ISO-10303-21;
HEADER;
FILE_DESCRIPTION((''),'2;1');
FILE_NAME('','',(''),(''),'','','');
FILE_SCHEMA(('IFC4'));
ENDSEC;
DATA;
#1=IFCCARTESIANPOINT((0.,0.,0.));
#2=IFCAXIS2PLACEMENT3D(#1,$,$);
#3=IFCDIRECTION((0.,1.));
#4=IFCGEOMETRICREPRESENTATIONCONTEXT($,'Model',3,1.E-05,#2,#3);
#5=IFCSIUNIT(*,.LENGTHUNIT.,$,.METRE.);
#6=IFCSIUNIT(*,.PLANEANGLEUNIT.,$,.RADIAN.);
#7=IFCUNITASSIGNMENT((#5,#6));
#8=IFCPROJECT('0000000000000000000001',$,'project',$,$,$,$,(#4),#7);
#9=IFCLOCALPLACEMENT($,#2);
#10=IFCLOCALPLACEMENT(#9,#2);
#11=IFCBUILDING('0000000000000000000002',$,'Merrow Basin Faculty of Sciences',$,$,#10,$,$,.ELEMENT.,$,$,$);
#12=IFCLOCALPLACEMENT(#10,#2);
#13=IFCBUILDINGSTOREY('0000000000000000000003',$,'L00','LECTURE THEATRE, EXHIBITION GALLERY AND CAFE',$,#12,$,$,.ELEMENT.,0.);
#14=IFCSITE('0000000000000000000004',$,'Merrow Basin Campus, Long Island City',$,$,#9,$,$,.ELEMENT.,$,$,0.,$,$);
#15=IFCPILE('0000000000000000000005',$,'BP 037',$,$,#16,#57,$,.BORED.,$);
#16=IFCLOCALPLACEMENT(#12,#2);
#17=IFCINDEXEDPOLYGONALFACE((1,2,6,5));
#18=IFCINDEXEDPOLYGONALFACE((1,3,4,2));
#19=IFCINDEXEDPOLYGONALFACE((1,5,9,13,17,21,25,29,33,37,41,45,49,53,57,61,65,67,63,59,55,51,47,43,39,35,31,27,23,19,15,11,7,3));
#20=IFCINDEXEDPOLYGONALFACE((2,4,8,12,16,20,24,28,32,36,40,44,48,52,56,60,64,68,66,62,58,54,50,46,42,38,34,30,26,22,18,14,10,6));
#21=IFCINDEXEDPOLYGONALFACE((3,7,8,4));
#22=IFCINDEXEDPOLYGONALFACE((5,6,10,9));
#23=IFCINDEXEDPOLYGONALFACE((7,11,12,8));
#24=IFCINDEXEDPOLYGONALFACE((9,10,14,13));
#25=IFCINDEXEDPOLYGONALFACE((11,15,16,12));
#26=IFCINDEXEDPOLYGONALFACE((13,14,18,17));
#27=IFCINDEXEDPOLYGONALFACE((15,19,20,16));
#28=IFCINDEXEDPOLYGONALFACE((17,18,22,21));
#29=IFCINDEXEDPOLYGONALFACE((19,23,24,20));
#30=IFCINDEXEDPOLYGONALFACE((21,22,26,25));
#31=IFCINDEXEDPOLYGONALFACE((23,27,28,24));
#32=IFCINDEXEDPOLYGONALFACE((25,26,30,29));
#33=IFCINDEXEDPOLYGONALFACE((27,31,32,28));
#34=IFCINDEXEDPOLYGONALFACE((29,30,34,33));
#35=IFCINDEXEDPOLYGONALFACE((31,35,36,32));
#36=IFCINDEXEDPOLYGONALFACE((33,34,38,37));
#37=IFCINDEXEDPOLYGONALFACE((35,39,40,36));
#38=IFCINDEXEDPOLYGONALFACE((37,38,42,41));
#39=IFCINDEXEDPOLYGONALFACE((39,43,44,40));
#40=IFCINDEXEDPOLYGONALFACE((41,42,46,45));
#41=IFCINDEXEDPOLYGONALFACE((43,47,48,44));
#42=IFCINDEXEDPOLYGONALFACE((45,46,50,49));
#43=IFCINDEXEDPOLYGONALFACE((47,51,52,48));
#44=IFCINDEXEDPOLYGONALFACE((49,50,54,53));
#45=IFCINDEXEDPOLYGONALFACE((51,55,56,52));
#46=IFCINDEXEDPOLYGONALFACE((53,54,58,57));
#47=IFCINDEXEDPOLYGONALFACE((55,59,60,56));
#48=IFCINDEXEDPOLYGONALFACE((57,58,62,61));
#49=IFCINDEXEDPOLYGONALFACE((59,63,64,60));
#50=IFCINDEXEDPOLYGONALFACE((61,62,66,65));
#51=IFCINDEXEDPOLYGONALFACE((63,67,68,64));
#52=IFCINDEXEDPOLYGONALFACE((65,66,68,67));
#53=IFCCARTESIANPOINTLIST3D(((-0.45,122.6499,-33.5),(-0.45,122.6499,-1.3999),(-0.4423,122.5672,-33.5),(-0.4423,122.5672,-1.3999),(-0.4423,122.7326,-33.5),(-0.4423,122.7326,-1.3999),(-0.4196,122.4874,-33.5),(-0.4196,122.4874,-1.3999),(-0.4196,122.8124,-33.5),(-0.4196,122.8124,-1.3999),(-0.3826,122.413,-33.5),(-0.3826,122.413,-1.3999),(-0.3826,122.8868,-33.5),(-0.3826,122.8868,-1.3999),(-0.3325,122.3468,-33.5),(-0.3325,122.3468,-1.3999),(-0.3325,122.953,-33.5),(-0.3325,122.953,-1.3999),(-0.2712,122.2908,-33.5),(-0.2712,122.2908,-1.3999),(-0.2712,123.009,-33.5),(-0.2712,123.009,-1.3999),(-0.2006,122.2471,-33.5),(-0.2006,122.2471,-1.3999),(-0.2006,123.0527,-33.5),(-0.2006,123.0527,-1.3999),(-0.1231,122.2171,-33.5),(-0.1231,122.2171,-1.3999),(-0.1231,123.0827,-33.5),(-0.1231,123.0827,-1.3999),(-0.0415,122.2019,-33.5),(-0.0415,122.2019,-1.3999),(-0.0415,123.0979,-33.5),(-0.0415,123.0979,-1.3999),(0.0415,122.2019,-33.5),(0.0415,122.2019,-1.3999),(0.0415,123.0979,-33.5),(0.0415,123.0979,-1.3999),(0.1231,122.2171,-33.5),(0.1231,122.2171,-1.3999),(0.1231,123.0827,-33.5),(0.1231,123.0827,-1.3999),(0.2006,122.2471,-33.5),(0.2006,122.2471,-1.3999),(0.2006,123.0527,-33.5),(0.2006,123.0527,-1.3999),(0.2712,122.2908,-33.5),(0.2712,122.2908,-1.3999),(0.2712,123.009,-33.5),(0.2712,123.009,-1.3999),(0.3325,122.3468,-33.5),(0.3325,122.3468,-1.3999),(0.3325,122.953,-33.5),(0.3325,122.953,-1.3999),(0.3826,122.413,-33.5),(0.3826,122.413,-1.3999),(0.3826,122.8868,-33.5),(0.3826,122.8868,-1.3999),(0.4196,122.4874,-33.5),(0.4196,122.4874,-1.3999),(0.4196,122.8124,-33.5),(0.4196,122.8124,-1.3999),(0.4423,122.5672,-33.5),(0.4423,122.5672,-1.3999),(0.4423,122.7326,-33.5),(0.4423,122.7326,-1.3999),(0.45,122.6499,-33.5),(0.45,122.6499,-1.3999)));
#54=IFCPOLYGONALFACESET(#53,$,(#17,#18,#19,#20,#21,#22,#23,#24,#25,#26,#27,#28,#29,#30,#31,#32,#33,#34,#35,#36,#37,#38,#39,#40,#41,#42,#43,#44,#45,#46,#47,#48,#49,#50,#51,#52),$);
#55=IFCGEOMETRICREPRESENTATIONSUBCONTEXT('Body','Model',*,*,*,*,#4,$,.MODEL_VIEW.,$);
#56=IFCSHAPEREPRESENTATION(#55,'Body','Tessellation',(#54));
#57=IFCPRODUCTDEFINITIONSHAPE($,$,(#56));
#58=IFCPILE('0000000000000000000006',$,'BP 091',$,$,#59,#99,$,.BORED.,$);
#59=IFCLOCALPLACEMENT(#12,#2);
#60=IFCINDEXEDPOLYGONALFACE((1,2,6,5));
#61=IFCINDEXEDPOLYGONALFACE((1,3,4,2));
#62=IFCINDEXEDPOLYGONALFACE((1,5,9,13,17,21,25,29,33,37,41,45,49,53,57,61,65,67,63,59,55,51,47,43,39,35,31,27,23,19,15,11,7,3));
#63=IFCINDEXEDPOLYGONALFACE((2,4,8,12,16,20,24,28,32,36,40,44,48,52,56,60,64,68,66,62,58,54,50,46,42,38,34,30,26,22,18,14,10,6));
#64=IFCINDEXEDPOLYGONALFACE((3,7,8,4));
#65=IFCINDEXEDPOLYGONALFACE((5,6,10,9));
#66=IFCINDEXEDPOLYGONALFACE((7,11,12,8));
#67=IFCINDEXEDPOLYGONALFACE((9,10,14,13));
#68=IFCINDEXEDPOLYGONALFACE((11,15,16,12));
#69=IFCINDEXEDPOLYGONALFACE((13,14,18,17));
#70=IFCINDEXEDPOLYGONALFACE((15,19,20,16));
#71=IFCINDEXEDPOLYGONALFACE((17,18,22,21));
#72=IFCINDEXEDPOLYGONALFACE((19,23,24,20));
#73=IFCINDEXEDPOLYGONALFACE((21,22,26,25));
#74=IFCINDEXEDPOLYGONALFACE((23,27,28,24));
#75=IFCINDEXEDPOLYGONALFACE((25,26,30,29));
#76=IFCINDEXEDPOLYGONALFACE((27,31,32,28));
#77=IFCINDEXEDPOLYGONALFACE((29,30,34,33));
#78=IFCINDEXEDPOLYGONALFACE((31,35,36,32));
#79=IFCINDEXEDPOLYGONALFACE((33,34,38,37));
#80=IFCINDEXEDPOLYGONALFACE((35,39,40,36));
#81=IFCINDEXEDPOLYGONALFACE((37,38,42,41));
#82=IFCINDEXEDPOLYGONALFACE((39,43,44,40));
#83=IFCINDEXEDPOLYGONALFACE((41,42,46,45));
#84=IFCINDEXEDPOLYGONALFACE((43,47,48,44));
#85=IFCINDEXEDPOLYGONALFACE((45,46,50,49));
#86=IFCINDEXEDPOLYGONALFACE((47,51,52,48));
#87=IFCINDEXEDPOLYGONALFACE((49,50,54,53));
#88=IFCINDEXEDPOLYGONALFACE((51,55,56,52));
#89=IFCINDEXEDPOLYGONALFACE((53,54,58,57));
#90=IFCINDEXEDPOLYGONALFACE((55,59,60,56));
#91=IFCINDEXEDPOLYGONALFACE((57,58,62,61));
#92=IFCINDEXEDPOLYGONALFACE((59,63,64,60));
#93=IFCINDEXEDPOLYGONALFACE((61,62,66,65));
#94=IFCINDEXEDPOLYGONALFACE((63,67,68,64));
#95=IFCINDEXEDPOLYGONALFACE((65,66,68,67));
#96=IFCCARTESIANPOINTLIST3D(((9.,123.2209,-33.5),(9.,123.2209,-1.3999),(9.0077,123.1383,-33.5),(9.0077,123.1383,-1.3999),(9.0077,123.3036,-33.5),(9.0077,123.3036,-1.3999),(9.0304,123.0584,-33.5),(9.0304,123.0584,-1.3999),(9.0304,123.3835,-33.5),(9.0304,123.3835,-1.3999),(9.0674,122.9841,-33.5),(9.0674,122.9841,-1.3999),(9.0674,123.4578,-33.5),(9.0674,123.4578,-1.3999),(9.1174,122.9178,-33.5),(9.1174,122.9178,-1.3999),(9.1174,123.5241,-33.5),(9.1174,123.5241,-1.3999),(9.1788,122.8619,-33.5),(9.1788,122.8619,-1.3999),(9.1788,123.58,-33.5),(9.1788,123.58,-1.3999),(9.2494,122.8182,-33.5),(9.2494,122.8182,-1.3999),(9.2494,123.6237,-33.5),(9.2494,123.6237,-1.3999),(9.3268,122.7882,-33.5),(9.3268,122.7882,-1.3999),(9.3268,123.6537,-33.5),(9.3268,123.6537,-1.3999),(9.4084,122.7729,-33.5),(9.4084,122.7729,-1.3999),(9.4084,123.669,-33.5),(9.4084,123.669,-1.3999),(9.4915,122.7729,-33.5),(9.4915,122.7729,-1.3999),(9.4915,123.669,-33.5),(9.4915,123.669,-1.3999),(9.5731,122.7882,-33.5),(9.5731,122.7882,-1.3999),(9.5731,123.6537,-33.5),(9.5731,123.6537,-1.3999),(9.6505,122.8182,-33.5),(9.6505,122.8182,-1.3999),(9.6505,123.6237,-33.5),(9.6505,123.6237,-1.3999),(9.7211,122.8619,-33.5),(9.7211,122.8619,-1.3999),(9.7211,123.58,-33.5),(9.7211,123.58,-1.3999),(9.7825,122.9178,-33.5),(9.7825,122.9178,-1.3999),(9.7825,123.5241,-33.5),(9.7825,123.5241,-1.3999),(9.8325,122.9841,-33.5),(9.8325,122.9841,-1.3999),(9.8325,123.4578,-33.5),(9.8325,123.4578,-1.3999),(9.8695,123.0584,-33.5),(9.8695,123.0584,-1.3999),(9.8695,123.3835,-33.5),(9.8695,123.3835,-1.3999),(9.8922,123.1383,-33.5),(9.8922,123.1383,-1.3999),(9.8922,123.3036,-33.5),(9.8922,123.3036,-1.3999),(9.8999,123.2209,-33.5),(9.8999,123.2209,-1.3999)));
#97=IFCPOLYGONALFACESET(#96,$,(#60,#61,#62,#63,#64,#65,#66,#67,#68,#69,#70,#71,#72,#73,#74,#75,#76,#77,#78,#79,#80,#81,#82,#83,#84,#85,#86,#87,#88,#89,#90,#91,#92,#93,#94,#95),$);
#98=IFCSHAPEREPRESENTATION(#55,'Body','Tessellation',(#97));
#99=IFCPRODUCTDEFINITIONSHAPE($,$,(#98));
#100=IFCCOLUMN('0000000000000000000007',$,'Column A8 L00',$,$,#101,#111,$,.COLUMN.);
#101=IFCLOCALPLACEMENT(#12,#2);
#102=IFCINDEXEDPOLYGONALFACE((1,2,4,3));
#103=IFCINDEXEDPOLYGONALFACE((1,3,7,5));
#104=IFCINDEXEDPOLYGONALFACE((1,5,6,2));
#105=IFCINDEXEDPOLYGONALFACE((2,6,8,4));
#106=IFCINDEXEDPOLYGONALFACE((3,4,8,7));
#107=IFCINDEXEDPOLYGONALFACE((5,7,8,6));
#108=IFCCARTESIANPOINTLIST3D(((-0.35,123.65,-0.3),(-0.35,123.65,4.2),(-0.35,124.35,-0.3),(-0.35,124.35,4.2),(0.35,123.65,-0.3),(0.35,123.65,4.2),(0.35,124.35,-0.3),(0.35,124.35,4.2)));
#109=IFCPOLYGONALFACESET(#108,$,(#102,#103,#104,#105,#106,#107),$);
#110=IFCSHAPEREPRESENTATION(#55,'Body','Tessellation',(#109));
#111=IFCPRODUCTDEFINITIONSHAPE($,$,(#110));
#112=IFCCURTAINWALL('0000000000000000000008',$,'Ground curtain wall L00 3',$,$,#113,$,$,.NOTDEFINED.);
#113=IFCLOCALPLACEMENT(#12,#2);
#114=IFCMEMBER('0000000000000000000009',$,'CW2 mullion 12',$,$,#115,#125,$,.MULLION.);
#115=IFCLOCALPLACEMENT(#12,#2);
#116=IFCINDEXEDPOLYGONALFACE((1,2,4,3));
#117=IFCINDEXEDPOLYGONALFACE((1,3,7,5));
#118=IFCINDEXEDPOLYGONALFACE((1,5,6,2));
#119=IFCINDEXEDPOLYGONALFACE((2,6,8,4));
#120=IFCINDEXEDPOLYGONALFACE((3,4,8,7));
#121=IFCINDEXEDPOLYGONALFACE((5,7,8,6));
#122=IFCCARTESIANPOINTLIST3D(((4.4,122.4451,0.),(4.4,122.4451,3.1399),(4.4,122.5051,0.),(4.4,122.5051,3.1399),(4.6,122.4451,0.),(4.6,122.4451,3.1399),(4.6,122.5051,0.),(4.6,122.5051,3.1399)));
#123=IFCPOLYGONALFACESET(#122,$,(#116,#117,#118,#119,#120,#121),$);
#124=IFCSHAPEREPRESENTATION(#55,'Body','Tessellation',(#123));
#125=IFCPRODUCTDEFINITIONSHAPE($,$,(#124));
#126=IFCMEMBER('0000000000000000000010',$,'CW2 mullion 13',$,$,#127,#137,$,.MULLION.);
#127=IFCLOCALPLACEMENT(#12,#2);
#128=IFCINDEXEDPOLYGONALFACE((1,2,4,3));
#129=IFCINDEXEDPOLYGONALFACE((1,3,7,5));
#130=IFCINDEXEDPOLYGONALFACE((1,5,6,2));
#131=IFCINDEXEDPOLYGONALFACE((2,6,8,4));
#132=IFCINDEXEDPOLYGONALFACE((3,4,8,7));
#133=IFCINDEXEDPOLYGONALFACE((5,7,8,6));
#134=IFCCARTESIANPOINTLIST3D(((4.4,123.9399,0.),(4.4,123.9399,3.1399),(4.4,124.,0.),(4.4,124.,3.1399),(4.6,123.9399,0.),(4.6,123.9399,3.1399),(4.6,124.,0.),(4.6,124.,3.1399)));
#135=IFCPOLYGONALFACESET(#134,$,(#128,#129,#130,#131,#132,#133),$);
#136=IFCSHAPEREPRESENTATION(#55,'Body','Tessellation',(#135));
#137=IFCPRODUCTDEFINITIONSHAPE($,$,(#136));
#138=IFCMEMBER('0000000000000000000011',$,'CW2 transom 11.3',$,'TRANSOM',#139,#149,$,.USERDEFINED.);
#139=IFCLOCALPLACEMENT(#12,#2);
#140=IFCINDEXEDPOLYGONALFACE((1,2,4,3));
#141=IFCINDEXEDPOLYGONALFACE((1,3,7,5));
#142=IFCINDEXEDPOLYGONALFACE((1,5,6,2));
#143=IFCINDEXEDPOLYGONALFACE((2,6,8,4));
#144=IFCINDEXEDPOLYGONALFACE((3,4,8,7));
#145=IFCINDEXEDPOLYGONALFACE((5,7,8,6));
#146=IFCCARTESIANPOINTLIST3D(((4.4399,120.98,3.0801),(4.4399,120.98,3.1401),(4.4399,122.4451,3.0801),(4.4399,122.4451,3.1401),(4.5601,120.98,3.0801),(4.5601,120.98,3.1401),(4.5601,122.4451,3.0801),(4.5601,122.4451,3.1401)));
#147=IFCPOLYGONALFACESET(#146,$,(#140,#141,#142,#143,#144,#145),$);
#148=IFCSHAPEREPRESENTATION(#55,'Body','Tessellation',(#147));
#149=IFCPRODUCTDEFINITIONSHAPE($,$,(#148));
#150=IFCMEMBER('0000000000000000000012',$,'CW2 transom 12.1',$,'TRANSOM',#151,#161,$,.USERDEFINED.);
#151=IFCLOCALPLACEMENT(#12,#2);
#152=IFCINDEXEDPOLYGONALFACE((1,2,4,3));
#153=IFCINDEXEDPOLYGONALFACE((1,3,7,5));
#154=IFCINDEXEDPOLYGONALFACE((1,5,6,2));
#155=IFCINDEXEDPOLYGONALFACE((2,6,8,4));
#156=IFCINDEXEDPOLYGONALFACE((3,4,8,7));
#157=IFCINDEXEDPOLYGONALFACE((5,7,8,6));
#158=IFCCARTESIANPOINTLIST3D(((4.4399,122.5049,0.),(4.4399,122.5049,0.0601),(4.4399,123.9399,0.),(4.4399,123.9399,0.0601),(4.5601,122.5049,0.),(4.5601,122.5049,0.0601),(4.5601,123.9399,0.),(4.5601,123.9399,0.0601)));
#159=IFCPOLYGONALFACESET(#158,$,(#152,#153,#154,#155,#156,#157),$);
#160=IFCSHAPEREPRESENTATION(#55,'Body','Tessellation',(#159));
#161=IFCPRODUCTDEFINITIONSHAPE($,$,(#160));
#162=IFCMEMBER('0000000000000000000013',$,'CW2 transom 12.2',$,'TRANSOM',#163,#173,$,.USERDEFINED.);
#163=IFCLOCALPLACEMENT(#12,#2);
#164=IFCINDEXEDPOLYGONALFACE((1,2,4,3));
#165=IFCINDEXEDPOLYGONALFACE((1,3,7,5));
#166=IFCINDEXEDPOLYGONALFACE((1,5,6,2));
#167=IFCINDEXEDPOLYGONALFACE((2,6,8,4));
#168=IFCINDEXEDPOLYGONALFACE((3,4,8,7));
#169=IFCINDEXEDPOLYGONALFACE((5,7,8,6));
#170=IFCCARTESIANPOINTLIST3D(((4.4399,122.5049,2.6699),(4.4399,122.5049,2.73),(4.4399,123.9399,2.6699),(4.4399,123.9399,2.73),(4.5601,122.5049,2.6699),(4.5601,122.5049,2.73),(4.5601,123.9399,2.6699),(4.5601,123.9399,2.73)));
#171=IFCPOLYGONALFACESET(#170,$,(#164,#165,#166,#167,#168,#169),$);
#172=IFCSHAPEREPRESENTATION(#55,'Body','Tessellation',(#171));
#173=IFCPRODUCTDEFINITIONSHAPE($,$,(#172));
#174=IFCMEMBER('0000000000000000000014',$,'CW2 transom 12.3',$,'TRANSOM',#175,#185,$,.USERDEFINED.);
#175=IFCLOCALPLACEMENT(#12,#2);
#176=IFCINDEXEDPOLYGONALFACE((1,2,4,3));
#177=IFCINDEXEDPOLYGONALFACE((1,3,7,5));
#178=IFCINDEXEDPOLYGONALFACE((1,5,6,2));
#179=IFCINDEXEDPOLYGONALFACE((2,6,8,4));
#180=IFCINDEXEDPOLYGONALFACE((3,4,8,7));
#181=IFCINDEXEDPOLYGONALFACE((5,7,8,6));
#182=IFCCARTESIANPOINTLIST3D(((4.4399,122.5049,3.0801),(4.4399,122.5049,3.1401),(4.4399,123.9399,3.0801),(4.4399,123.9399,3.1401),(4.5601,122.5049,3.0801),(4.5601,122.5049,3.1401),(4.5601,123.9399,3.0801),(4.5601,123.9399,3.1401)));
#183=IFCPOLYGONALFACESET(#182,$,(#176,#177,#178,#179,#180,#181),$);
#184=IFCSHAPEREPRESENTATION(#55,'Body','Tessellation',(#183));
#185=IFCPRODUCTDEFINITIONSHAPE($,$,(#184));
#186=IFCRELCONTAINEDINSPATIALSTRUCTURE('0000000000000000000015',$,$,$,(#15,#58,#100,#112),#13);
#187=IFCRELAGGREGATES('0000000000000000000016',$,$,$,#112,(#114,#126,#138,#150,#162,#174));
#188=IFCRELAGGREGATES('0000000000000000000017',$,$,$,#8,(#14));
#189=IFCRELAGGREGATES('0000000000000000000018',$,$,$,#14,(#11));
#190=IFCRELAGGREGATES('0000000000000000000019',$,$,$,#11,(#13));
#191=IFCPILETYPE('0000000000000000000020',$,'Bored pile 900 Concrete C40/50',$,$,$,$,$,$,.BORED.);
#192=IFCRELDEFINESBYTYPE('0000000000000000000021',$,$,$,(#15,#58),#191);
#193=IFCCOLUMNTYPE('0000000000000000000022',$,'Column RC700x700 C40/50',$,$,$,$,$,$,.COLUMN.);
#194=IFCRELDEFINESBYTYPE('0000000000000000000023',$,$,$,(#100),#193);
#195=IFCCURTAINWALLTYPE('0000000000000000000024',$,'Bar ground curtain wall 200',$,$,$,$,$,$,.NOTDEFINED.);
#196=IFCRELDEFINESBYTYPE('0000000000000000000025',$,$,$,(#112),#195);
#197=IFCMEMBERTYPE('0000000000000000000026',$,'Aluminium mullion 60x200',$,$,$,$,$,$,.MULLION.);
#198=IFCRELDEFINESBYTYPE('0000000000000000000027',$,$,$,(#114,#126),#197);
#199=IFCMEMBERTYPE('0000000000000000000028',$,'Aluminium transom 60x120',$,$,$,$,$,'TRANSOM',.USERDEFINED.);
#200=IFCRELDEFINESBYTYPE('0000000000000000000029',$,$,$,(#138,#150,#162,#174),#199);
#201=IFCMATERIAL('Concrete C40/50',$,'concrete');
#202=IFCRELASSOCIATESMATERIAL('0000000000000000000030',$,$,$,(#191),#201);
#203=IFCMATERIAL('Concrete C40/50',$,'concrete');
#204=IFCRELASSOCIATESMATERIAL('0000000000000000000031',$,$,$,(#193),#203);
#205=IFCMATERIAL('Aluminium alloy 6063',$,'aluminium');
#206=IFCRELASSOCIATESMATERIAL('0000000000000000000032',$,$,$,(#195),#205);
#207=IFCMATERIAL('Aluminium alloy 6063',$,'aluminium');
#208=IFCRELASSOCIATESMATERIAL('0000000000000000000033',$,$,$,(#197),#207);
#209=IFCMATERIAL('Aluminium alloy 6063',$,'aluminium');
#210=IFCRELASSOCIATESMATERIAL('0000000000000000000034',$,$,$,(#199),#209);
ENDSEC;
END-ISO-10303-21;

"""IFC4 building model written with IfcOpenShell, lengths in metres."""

from ifc_helpers import new_model, si_unit, direction, frame, origin, origin_2d, place, context, subcontext, project, spatial, rectangle, circle, extrude, material, material_profile, profile_set, type_object, element, aggregate, save


model = new_model("IFC4")

# Units and contexts
model_context = context("Model", 3, precision=1e-05, world=origin(), true_north=direction((0.0, 1.0)))
body_context = subcontext(model_context, "Body", "Model", "MODEL_VIEW")
ifc_project = project(units=[si_unit("LENGTHUNIT", "METRE"), si_unit("PLANEANGLEUNIT", "RADIAN")], contexts=[model_context])

# Site, building, storey
site_placement = place(None, origin())
site = spatial("IfcSite", under=ifc_project, at=site_placement, Name="Merrow Basin Campus, Long Island City", CompositionType="ELEMENT", RefElevation=0.0)
building_placement = place(site_placement, origin())
building = spatial("IfcBuilding", under=site, at=building_placement, Name="Merrow Basin Faculty of Sciences", CompositionType="ELEMENT")
storey_placement = place(building_placement, origin())
storey = spatial("IfcBuildingStorey", under=building, at=storey_placement, Name="L00", Description="LECTURE THEATRE, EXHIBITION GALLERY AND CAFE", CompositionType="ELEMENT", Elevation=0.0)

# Piles
ifc_material_1 = material(Name="Concrete C40/50", Category="concrete")
ifc_material_profile_1 = material_profile(ifc_material_1, circle(Radius=0.45, at=origin_2d()))
ifc_profile_set_1 = profile_set([ifc_material_profile_1], Name="Concrete C40/50")
pile_type = type_object("IfcPileType", Name="Bored pile 900 Concrete C40/50", PredefinedType="BORED", material=ifc_profile_set_1)
for number, where, z_axis, x_axis, name in (
    (1, (0.0, 122.6499, -1.3999), (0.0, 0.0, -1.0), (1.0, 0.0, 0.0), "BP 037"),
    (2, (9.45, 123.2209, -1.3999), (0.0, 0.0, -1.0), (1.0, 0.0, 0.0), "BP 091"),
):
    element("IfcPile", number, at=place(storey_placement, frame(where, z_axis=z_axis, x_axis=x_axis)), inside=storey, type_object=pile_type, Name=name, PredefinedType="BORED", context=body_context, shape_type="SweptSolid", body=[
        extrude(circle(Radius=0.45, at=origin_2d()), origin(), (0.0, 0.0, 1.0), 32.1001),
    ])

# Column
ifc_material_2 = material(Name="Concrete C40/50", Category="concrete")
ifc_material_profile_2 = material_profile(ifc_material_2, rectangle(XDim=0.7, YDim=0.7, at=origin_2d()))
ifc_profile_set_2 = profile_set([ifc_material_profile_2], Name="Concrete C40/50")
column_type = type_object("IfcColumnType", Name="Column RC700x700 C40/50", PredefinedType="COLUMN", material=ifc_profile_set_2)
column_placement = place(storey_placement, frame((0.0, 124.0, -0.3), z_axis=(0.0, 0.0, 1.0), x_axis=(1.0, 0.0, 0.0)))
element("IfcColumn", 3, at=column_placement, inside=storey, type_object=column_type, Name="Column A8 L00", PredefinedType="COLUMN", context=body_context, shape_type="SweptSolid", body=[
    extrude(rectangle(XDim=0.7, YDim=0.7, at=origin_2d()), origin(), (0.0, 0.0, 1.0), 4.5),
])

# Curtain wall, members
ifc_material_3 = material(Name="Aluminium alloy 6063", Category="aluminium")
curtain_wall_type = type_object("IfcCurtainWallType", Name="Bar ground curtain wall 200", PredefinedType="NOTDEFINED", material=ifc_material_3)
curtain_wall_placement = place(storey_placement, origin())
curtain_wall = element("IfcCurtainWall", 4, at=curtain_wall_placement, inside=storey, type_object=curtain_wall_type, Name="Ground curtain wall L00 3", PredefinedType="NOTDEFINED")
ifc_material_4 = material(Name="Aluminium alloy 6063", Category="aluminium")
ifc_material_profile_3 = material_profile(ifc_material_4, rectangle(XDim=0.2, YDim=0.0601, at=origin_2d()))
ifc_profile_set_3 = profile_set([ifc_material_profile_3], Name="Aluminium alloy 6063")
member_type_1 = type_object("IfcMemberType", Name="Aluminium mullion 60x200", PredefinedType="MULLION", material=ifc_profile_set_3)
member_1_placement = place(storey_placement, frame((4.5, 122.4751, 0.0), z_axis=(0.0, 0.0, 1.0), x_axis=(-1.0, 0.0, 0.0)))
member_1 = element("IfcMember", 5, at=member_1_placement, type_object=member_type_1, Name="CW2 mullion 12", PredefinedType="MULLION", context=body_context, shape_type="SweptSolid", body=[
    extrude(rectangle(XDim=0.2, YDim=0.0601, at=origin_2d()), origin(), (0.0, 0.0, 1.0), 3.1399),
])
member_2_placement = place(storey_placement, frame((4.5, 123.97, 0.0), z_axis=(0.0, 0.0, 1.0), x_axis=(-1.0, 0.0, 0.0)))
member_2 = element("IfcMember", 6, at=member_2_placement, type_object=member_type_1, Name="CW2 mullion 13", PredefinedType="MULLION", context=body_context, shape_type="SweptSolid", body=[
    extrude(rectangle(XDim=0.2, YDim=0.0601, at=origin_2d()), origin(), (0.0, 0.0, 1.0), 3.1399),
])
ifc_material_5 = material(Name="Aluminium alloy 6063", Category="aluminium")
ifc_material_profile_4 = material_profile(ifc_material_5, rectangle(XDim=0.1201, YDim=0.0601, at=origin_2d()))
ifc_profile_set_4 = profile_set([ifc_material_profile_4], Name="Aluminium alloy 6063")
member_type_2 = type_object("IfcMemberType", Name="Aluminium transom 60x120", ElementType="TRANSOM", PredefinedType="USERDEFINED", material=ifc_profile_set_4)
member_3_placement = place(storey_placement, frame((4.5, 120.98, 3.1101), z_axis=(0.0, 1.0, 0.0), x_axis=(-1.0, 0.0, 0.0)))
member_3 = element("IfcMember", 7, at=member_3_placement, type_object=member_type_2, Name="CW2 transom 11.3", ObjectType="TRANSOM", PredefinedType="USERDEFINED", context=body_context, shape_type="SweptSolid", body=[
    extrude(rectangle(XDim=0.1201, YDim=0.0601, at=origin_2d()), origin(), (0.0, 0.0, 1.0), 1.4651),
])
member_4_placement = place(storey_placement, frame((4.5, 122.5049, 0.03), z_axis=(0.0, 1.0, 0.0), x_axis=(-1.0, 0.0, 0.0)))
member_4 = element("IfcMember", 8, at=member_4_placement, type_object=member_type_2, Name="CW2 transom 12.1", ObjectType="TRANSOM", PredefinedType="USERDEFINED", context=body_context, shape_type="SweptSolid", body=[
    extrude(rectangle(XDim=0.1201, YDim=0.0601, at=origin_2d()), origin(), (0.0, 0.0, 1.0), 1.4351),
])
member_5_placement = place(storey_placement, frame((4.5, 122.5049, 2.7), z_axis=(0.0, 1.0, 0.0), x_axis=(-1.0, 0.0, 0.0)))
member_5 = element("IfcMember", 9, at=member_5_placement, type_object=member_type_2, Name="CW2 transom 12.2", ObjectType="TRANSOM", PredefinedType="USERDEFINED", context=body_context, shape_type="SweptSolid", body=[
    extrude(rectangle(XDim=0.1201, YDim=0.0601, at=origin_2d()), origin(), (0.0, 0.0, 1.0), 1.4351),
])
member_6_placement = place(storey_placement, frame((4.5, 122.5049, 3.1101), z_axis=(0.0, 1.0, 0.0), x_axis=(-1.0, 0.0, 0.0)))
member_6 = element("IfcMember", 10, at=member_6_placement, type_object=member_type_2, Name="CW2 transom 12.3", ObjectType="TRANSOM", PredefinedType="USERDEFINED", context=body_context, shape_type="SweptSolid", body=[
    extrude(rectangle(XDim=0.1201, YDim=0.0601, at=origin_2d()), origin(), (0.0, 0.0, 1.0), 1.4351),
])
aggregate(curtain_wall, [member_1, member_2, member_3, member_4, member_5, member_6])

save(model, "model.ifc")
